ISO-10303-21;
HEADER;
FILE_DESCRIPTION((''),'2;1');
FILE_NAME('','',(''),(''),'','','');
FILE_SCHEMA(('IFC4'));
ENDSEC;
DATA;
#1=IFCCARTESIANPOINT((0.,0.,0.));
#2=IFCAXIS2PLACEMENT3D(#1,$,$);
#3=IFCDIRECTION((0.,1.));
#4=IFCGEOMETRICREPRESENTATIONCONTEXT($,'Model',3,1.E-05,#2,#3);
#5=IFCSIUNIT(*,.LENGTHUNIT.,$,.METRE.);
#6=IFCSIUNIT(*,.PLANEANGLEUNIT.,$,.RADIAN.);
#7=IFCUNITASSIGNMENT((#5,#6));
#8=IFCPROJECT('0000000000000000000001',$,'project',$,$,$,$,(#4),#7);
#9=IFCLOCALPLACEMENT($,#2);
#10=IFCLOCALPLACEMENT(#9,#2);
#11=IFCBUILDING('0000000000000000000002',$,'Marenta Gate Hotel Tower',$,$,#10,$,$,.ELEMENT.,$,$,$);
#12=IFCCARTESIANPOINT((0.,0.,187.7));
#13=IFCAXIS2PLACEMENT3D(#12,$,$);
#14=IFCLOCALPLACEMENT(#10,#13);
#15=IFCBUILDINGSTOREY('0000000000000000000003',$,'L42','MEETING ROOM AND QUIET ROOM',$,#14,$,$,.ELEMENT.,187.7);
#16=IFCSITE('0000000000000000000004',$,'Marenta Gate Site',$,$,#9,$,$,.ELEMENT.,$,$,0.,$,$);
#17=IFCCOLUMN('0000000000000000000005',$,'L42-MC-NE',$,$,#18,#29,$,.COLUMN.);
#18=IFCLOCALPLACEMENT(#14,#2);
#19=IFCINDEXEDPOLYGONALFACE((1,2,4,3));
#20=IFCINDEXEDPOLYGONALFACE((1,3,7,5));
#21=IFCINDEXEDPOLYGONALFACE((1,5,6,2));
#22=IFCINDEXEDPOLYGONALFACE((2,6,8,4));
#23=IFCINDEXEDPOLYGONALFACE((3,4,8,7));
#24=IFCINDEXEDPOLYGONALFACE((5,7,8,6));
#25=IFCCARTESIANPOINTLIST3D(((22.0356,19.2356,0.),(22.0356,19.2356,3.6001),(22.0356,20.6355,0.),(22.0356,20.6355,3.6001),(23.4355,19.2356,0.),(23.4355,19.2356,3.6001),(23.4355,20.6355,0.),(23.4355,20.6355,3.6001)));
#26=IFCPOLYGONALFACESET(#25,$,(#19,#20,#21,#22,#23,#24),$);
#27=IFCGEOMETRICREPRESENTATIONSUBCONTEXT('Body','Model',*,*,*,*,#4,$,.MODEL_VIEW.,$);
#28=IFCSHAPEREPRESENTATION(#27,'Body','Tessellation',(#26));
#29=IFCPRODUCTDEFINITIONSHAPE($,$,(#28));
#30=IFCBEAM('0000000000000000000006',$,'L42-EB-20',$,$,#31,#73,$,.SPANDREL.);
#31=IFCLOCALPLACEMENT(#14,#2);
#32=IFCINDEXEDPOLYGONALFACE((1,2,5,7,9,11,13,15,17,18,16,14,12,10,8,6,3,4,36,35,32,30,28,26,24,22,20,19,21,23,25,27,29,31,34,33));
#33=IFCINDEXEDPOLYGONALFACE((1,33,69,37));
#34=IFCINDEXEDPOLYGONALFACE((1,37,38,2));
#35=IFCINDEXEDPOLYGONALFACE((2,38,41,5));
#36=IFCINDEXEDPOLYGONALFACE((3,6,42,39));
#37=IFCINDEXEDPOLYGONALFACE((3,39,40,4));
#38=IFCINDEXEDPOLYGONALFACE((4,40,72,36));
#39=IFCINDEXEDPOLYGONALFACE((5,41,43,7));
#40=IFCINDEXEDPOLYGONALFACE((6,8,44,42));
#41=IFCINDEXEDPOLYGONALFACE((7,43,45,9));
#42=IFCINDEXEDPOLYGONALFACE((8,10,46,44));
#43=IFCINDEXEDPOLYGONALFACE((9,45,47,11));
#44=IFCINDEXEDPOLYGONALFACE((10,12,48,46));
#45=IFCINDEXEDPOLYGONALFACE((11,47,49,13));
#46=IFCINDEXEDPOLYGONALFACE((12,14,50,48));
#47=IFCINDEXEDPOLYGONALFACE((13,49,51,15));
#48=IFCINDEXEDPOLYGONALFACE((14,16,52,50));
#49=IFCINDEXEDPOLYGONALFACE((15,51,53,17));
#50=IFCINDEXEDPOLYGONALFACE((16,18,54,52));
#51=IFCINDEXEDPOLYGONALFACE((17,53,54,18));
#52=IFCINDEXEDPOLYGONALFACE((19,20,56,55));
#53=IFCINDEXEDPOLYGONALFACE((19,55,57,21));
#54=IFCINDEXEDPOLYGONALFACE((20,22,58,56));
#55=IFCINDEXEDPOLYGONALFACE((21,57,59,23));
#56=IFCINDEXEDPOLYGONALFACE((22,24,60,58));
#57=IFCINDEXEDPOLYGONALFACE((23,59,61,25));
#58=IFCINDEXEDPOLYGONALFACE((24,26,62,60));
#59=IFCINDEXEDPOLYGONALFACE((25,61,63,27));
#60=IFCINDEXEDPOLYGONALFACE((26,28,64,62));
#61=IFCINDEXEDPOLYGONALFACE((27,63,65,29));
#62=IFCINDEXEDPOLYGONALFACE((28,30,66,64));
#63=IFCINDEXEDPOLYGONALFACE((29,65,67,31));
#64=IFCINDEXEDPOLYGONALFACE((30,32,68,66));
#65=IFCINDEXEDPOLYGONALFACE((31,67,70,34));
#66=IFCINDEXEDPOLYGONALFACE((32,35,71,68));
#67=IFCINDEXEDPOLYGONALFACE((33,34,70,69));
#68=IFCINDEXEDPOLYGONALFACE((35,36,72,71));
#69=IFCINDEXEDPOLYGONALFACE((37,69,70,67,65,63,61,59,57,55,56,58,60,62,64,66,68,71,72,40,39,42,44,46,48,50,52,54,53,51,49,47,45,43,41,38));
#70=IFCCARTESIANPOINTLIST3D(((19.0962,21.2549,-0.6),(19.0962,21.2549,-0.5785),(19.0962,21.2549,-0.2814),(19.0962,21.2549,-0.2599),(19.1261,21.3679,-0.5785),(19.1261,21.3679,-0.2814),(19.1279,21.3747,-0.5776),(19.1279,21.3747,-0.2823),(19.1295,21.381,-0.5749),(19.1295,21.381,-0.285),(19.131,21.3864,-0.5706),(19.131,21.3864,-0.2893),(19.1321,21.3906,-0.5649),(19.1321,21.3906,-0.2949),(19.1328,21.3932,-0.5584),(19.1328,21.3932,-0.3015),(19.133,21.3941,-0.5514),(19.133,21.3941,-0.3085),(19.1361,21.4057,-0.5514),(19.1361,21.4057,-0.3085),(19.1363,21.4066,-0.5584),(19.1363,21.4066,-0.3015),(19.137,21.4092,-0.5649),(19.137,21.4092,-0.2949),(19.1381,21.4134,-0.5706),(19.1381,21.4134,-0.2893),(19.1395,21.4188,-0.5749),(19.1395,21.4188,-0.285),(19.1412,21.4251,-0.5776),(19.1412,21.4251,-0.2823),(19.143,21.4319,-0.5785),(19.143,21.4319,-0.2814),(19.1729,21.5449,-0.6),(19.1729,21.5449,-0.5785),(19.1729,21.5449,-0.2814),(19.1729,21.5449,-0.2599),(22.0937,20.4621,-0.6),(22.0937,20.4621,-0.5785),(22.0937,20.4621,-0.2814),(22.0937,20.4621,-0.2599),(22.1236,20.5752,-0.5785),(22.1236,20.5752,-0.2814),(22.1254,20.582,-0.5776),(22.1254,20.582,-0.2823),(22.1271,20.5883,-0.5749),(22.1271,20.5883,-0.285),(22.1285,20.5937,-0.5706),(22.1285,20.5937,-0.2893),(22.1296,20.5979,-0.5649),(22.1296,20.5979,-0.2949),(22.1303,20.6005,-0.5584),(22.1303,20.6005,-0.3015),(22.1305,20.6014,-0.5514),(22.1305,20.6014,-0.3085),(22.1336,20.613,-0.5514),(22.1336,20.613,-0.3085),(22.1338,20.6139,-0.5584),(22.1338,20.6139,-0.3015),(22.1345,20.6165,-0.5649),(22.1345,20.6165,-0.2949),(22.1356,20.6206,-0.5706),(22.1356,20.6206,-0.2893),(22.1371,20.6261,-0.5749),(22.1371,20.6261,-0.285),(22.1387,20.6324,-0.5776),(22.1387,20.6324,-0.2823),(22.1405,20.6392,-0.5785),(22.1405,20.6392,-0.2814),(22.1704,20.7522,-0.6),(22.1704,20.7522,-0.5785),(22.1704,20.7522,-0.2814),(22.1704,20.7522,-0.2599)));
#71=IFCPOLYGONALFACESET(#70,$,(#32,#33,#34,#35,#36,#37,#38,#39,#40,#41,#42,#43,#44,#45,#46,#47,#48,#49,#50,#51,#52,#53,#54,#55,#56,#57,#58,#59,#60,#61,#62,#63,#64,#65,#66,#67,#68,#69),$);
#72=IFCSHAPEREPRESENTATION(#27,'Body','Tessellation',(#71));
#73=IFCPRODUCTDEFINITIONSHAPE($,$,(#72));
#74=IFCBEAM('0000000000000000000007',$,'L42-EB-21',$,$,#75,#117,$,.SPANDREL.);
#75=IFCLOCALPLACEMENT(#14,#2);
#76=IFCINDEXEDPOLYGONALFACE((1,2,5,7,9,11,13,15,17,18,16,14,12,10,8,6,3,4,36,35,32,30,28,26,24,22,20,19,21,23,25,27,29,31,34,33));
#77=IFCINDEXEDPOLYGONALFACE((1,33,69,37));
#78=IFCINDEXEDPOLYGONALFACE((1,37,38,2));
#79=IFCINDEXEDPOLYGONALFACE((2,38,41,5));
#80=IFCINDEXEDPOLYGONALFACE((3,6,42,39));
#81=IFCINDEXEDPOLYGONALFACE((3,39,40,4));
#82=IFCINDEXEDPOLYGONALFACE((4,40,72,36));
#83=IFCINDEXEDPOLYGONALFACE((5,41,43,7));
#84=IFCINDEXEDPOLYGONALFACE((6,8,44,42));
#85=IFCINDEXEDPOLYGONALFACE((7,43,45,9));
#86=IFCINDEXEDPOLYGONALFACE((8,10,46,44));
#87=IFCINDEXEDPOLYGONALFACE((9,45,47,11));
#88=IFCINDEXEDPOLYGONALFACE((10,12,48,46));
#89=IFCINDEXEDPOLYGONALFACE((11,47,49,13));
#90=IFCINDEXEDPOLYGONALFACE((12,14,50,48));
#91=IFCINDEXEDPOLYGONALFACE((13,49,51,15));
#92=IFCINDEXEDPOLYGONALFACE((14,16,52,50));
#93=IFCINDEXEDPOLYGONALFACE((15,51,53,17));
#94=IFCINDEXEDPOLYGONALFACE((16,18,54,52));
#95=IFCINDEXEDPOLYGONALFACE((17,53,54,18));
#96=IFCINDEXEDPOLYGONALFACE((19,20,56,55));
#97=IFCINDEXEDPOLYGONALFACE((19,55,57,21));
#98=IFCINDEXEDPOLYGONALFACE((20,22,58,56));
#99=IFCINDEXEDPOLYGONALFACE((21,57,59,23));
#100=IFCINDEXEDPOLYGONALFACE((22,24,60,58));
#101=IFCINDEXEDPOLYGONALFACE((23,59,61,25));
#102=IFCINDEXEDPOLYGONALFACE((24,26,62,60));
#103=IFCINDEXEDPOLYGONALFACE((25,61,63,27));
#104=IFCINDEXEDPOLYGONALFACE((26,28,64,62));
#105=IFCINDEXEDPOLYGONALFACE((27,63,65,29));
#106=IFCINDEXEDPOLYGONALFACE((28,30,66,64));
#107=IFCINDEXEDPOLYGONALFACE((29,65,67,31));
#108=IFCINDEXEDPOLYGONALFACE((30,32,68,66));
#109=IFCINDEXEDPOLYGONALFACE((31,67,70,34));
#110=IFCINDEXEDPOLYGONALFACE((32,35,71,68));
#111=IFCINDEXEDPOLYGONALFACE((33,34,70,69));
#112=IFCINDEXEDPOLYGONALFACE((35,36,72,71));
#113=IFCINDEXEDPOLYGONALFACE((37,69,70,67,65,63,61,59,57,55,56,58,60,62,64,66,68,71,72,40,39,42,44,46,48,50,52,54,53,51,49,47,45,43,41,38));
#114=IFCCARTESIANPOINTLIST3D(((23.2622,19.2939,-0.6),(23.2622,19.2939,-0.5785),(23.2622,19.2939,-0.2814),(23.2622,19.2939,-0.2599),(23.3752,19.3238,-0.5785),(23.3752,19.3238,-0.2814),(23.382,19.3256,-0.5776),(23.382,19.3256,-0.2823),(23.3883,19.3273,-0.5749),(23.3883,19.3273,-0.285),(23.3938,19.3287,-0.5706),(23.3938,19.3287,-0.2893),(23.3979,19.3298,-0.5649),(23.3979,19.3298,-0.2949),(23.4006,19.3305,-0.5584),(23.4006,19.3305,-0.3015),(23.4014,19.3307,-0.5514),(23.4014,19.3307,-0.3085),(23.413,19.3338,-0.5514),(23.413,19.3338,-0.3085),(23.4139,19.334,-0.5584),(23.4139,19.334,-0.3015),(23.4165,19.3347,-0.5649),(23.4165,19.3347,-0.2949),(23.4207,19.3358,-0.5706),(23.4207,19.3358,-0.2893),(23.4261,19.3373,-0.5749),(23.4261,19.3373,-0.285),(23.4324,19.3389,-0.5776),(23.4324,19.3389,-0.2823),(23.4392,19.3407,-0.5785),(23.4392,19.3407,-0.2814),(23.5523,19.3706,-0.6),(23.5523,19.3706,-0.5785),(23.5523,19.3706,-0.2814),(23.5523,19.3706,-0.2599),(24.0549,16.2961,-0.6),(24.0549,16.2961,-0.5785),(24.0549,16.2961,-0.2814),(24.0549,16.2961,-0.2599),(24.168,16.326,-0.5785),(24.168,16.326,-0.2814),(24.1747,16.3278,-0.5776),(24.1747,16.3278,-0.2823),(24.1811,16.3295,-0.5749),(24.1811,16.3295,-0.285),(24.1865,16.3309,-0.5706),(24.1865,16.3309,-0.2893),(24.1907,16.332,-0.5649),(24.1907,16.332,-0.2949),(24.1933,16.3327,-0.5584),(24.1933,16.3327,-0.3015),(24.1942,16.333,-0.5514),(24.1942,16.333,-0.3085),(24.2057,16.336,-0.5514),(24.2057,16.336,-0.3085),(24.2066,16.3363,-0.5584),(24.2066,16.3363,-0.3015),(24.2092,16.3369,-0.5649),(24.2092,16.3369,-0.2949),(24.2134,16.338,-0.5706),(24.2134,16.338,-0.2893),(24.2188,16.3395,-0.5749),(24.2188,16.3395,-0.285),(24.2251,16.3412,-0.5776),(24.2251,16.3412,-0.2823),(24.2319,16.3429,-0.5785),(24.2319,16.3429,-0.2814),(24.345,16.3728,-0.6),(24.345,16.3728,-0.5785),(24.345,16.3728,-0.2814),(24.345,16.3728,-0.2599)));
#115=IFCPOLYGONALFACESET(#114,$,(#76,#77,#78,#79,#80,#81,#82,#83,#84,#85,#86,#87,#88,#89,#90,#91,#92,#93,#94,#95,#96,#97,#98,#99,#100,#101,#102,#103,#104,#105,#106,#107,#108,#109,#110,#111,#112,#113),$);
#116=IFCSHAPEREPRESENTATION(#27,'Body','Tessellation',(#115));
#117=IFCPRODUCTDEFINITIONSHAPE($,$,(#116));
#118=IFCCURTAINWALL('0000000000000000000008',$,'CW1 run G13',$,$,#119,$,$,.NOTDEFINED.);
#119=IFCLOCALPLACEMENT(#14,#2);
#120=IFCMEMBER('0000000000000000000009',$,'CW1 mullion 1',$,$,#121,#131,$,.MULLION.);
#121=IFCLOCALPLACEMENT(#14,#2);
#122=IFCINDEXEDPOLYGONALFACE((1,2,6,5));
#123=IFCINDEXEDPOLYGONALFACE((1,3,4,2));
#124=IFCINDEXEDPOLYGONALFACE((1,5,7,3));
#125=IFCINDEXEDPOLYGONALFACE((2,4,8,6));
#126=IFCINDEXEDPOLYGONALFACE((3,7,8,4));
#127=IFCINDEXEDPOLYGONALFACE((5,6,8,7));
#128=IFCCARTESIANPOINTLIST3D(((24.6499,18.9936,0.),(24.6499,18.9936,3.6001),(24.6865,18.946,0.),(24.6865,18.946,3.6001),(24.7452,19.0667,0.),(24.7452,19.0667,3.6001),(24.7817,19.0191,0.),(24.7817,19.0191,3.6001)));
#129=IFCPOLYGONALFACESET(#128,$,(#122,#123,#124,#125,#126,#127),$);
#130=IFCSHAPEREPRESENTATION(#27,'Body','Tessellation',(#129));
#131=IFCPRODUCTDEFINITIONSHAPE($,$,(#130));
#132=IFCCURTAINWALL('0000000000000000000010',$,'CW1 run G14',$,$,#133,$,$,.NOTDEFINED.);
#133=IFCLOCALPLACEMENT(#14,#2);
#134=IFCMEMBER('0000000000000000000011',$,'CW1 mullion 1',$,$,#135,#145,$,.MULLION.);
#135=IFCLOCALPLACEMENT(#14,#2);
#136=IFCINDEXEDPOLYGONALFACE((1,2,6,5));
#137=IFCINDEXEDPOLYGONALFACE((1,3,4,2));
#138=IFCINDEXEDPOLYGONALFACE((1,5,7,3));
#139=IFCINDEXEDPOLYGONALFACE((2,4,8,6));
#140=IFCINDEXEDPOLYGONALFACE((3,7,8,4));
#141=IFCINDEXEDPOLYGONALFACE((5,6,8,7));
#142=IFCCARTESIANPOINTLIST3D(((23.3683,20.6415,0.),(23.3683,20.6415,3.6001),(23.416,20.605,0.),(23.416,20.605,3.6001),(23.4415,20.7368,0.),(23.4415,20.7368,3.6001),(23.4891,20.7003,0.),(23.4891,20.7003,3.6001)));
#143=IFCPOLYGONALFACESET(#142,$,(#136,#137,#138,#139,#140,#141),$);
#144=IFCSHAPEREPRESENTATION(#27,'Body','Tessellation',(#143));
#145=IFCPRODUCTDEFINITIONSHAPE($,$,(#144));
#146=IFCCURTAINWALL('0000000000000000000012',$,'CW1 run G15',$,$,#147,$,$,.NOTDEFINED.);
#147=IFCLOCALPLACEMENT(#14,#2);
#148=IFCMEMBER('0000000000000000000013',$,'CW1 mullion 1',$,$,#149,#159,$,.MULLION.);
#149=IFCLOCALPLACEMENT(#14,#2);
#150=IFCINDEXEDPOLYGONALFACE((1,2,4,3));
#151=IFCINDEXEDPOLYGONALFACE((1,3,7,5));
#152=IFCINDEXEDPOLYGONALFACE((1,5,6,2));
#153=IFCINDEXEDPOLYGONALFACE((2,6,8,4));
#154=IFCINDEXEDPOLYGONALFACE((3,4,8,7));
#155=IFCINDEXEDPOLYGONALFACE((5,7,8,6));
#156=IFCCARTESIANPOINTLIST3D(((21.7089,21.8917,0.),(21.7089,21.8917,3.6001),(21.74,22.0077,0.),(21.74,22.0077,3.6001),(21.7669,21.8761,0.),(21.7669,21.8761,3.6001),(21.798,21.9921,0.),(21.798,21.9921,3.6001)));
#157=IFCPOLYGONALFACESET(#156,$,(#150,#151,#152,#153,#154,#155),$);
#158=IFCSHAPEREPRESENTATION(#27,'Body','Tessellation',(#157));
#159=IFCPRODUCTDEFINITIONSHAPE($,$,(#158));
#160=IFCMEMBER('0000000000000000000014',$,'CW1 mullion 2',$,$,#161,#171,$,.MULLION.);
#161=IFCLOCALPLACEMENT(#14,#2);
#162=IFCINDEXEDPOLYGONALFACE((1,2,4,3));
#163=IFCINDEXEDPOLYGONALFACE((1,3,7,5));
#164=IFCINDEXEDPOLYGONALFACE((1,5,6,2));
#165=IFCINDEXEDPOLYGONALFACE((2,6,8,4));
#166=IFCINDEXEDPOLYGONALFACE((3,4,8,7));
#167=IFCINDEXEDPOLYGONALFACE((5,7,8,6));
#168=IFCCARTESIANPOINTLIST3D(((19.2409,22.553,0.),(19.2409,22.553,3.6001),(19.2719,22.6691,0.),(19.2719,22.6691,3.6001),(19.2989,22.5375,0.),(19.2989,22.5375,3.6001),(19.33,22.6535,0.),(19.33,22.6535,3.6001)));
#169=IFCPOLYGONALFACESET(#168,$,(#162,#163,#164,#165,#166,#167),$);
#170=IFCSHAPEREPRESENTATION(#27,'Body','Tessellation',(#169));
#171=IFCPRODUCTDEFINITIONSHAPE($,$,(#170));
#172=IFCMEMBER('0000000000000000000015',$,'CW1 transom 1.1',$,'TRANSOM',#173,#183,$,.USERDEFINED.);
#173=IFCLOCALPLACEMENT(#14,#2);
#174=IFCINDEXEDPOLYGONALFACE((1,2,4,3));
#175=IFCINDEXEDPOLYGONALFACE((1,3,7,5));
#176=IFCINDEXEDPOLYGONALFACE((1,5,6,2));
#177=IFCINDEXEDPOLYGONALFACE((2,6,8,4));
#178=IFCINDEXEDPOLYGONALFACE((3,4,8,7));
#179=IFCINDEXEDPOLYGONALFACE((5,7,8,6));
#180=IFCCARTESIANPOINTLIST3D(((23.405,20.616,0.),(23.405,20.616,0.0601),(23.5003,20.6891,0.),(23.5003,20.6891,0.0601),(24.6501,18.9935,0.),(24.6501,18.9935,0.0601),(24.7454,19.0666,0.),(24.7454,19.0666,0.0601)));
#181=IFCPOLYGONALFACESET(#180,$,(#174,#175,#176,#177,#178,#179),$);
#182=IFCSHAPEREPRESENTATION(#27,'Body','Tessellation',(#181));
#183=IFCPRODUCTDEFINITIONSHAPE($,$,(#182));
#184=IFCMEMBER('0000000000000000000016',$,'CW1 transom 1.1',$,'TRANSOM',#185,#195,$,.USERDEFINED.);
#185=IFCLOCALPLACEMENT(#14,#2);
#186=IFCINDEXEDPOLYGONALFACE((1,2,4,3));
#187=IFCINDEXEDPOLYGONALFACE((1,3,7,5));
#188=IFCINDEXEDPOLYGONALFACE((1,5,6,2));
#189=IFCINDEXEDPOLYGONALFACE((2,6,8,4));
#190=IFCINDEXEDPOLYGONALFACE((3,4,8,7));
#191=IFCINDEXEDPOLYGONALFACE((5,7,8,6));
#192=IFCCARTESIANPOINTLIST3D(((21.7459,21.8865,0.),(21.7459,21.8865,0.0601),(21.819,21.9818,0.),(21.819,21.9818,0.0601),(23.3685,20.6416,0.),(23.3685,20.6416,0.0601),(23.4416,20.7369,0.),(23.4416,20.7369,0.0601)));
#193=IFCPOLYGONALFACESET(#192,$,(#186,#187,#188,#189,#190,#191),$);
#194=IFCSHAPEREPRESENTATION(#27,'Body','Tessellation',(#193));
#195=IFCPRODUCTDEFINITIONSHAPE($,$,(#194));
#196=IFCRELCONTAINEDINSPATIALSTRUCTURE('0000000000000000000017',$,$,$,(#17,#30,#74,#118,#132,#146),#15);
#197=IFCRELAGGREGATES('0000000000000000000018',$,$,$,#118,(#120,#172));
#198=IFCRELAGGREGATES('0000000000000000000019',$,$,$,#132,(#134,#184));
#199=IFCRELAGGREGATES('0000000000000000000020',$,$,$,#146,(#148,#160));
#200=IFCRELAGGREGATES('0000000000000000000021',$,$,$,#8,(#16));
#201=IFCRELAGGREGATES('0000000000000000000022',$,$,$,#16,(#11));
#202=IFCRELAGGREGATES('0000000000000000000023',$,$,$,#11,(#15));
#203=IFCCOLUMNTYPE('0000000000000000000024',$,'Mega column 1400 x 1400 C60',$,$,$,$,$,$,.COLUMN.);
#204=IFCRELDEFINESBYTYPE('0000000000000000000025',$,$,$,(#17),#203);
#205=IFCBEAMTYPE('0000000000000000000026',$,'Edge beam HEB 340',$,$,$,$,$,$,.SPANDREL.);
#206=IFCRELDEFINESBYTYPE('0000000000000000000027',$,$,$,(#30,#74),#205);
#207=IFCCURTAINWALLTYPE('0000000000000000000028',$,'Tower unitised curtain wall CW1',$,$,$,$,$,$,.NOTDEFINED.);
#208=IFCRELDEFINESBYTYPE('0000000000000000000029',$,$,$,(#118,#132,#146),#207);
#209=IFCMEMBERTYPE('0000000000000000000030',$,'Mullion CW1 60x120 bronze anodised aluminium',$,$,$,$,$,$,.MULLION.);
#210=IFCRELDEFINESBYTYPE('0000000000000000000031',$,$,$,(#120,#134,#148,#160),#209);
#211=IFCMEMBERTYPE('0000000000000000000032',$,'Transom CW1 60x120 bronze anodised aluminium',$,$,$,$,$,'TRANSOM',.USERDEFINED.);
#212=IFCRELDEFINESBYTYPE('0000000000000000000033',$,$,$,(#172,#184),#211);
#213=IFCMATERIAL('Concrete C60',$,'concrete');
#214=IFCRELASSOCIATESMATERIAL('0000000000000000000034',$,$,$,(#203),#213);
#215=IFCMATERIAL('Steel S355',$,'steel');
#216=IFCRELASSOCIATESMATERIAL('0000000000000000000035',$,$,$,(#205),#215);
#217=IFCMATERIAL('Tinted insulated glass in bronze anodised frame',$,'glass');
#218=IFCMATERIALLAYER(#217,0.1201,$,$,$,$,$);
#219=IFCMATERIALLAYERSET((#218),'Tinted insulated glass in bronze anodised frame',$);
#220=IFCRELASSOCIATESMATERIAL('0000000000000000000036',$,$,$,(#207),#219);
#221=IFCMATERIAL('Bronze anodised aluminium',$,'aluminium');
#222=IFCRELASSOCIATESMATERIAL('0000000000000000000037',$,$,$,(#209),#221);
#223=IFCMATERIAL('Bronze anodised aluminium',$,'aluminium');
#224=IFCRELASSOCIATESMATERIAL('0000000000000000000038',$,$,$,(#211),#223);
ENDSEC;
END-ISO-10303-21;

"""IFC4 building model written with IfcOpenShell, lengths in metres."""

from ifc_helpers import new_model, si_unit, direction, frame, origin, origin_2d, place, context, subcontext, project, spatial, rectangle, i_section, extrude, material, layer, layer_set, material_profile, profile_set, type_object, element, aggregate, save


model = new_model("IFC4")

# Units and contexts
model_context = context("Model", 3, precision=1e-05, world=origin(), true_north=direction((0.0, 1.0)))
body_context = subcontext(model_context, "Body", "Model", "MODEL_VIEW")
ifc_project = project(units=[si_unit("LENGTHUNIT", "METRE"), si_unit("PLANEANGLEUNIT", "RADIAN")], contexts=[model_context])

# Site, building, storey
site_placement = place(None, origin())
site = spatial("IfcSite", under=ifc_project, at=site_placement, Name="Marenta Gate Site", CompositionType="ELEMENT", RefElevation=0.0)
building_placement = place(site_placement, origin())
building = spatial("IfcBuilding", under=site, at=building_placement, Name="Marenta Gate Hotel Tower", CompositionType="ELEMENT")
storey_placement = place(building_placement, frame((0.0, 0.0, 187.7)))
storey = spatial("IfcBuildingStorey", under=building, at=storey_placement, Name="L42", Description="MEETING ROOM AND QUIET ROOM", CompositionType="ELEMENT", Elevation=187.7)

# Column
ifc_material_1 = material(Name="Concrete C60", Category="concrete")
ifc_material_profile_1 = material_profile(ifc_material_1, rectangle(XDim=1.3999, YDim=1.3999, at=origin_2d()), Name="1400 x 1400")
ifc_profile_set_1 = profile_set([ifc_material_profile_1], Name="Concrete C60")
column_type = type_object("IfcColumnType", Name="Mega column 1400 x 1400 C60", PredefinedType="COLUMN", material=ifc_profile_set_1)
column_placement = place(storey_placement, frame((22.7356, 19.9355, 0.0), z_axis=(0.0, 0.0, 1.0), x_axis=(1.0, 0.0, 0.0)))
element("IfcColumn", 1, at=column_placement, inside=storey, type_object=column_type, Name="L42-MC-NE", PredefinedType="COLUMN", context=body_context, shape_type="SweptSolid", body=[
    extrude(rectangle(XDim=1.3999, YDim=1.3999, at=origin_2d()), origin(), (0.0, 0.0, 1.0), 3.6001),
])

# Beams
ifc_material_2 = material(Name="Steel S355", Category="steel")
ifc_material_profile_2 = material_profile(ifc_material_2, i_section(OverallWidth=0.3, OverallDepth=0.3401, WebThickness=0.012, FlangeThickness=0.0215, FilletRadius=0.0271, at=origin_2d()), Name="HEB 340")
ifc_profile_set_2 = profile_set([ifc_material_profile_2], Name="Steel S355")
beam_type = type_object("IfcBeamType", Name="Edge beam HEB 340", PredefinedType="SPANDREL", material=ifc_profile_set_2)
beam_1_placement = place(storey_placement, frame((19.1345, 21.3999, -0.4299), z_axis=(0.966765, -0.255667, 0.0), x_axis=(0.255667, 0.966765, 0.0)))
element("IfcBeam", 2, at=beam_1_placement, inside=storey, type_object=beam_type, Name="L42-EB-20", PredefinedType="SPANDREL", context=body_context, shape_type="SweptSolid", body=[
    extrude(i_section(OverallWidth=0.3, OverallDepth=0.3401, WebThickness=0.012, FlangeThickness=0.0215, FilletRadius=0.0271, at=origin_2d()), origin(), (0.0, 0.0, 1.0), 3.1006),
])
beam_2_placement = place(storey_placement, frame((23.4072, 19.3323, -0.4299), z_axis=(0.255648, -0.96677, 0.0), x_axis=(0.96677, 0.255648, 0.0)))
element("IfcBeam", 3, at=beam_2_placement, inside=storey, type_object=beam_type, Name="L42-EB-21", PredefinedType="SPANDREL", context=body_context, shape_type="SweptSolid", body=[
    extrude(i_section(OverallWidth=0.3, OverallDepth=0.3401, WebThickness=0.012, FlangeThickness=0.0215, FilletRadius=0.0271, at=origin_2d()), origin(), (0.0, 0.0, 1.0), 3.1008),
])

# Curtain walls, members
ifc_material_3 = material(Name="Tinted insulated glass in bronze anodised frame", Category="glass")
ifc_layer_1 = layer(ifc_material_3, 0.1201)
ifc_layer_set_1 = layer_set([ifc_layer_1], Name="Tinted insulated glass in bronze anodised frame")
curtain_wall_type = type_object("IfcCurtainWallType", Name="Tower unitised curtain wall CW1", PredefinedType="NOTDEFINED", material=ifc_layer_set_1)
curtain_wall_1_placement = place(storey_placement, origin())
curtain_wall_1 = element("IfcCurtainWall", 4, at=curtain_wall_1_placement, inside=storey, type_object=curtain_wall_type, Name="CW1 run G13", PredefinedType="NOTDEFINED")
ifc_material_4 = material(Name="Bronze anodised aluminium", Category="aluminium")
ifc_material_profile_3 = material_profile(ifc_material_4, rectangle(XDim=0.1201, YDim=0.0601, at=origin_2d()), Name="Mullion CW1 60x120 bronze anodised aluminium")
ifc_profile_set_3 = profile_set([ifc_material_profile_3], Name="Bronze anodised aluminium")
member_type_1 = type_object("IfcMemberType", Name="Mullion CW1 60x120 bronze anodised aluminium", PredefinedType="MULLION", material=ifc_profile_set_3)
member_1_placement = place(storey_placement, frame((24.7158, 19.0063, 0.0), z_axis=(0.0, 0.0, 1.0), x_axis=(-0.793333, -0.608787, 0.0)))
member_1 = element("IfcMember", 5, at=member_1_placement, type_object=member_type_1, Name="CW1 mullion 1", PredefinedType="MULLION", context=body_context, shape_type="SweptSolid", body=[
    extrude(rectangle(XDim=0.1201, YDim=0.0601, at=origin_2d()), origin(), (0.0, 0.0, 1.0), 3.6001),
])
curtain_wall_2_placement = place(storey_placement, origin())
curtain_wall_2 = element("IfcCurtainWall", 6, at=curtain_wall_2_placement, inside=storey, type_object=curtain_wall_type, Name="CW1 run G14", PredefinedType="NOTDEFINED")
member_2_placement = place(storey_placement, frame((23.4287, 20.6709, 0.0), z_axis=(0.0, 0.0, 1.0), x_axis=(-0.608787, -0.793333, 0.0)))
member_2 = element("IfcMember", 7, at=member_2_placement, type_object=member_type_1, Name="CW1 mullion 1", PredefinedType="MULLION", context=body_context, shape_type="SweptSolid", body=[
    extrude(rectangle(XDim=0.1201, YDim=0.0601, at=origin_2d()), origin(), (0.0, 0.0, 1.0), 3.6001),
])

# Curtain wall, members
curtain_wall_3_placement = place(storey_placement, origin())
curtain_wall_3 = element("IfcCurtainWall", 8, at=curtain_wall_3_placement, inside=storey, type_object=curtain_wall_type, Name="CW1 run G15", PredefinedType="NOTDEFINED")
member_3_placement = place(storey_placement, frame((21.7534, 21.9419, 0.0), z_axis=(0.0, 0.0, 1.0), x_axis=(-0.258805, -0.96593, 0.0)))
member_3 = element("IfcMember", 9, at=member_3_placement, type_object=member_type_1, Name="CW1 mullion 1", PredefinedType="MULLION", context=body_context, shape_type="SweptSolid", body=[
    extrude(rectangle(XDim=0.1201, YDim=0.0601, at=origin_2d()), origin(), (0.0, 0.0, 1.0), 3.6001),
])
member_4_placement = place(storey_placement, frame((19.2854, 22.6033, 0.0), z_axis=(0.0, 0.0, 1.0), x_axis=(-0.258805, -0.96593, 0.0)))
member_4 = element("IfcMember", 10, at=member_4_placement, type_object=member_type_1, Name="CW1 mullion 2", PredefinedType="MULLION", context=body_context, shape_type="SweptSolid", body=[
    extrude(rectangle(XDim=0.1201, YDim=0.0601, at=origin_2d()), origin(), (0.0, 0.0, 1.0), 3.6001),
])

# Members
ifc_material_5 = material(Name="Bronze anodised aluminium", Category="aluminium")
ifc_material_profile_4 = material_profile(ifc_material_5, rectangle(XDim=0.1201, YDim=0.0601, at=origin_2d()), Name="Transom CW1 60x120 bronze anodised aluminium")
ifc_profile_set_4 = profile_set([ifc_material_profile_4], Name="Bronze anodised aluminium")
member_type_2 = type_object("IfcMemberType", Name="Transom CW1 60x120 bronze anodised aluminium", ElementType="TRANSOM", PredefinedType="USERDEFINED", material=ifc_profile_set_4)
member_5_placement = place(storey_placement, frame((24.6978, 19.03, 0.03), z_axis=(-0.608787, 0.793333, 0.0), x_axis=(-0.793333, -0.608787, 0.0)))
member_5 = element("IfcMember", 11, at=member_5_placement, type_object=member_type_2, Name="CW1 transom 1.1", ObjectType="TRANSOM", PredefinedType="USERDEFINED", context=body_context, shape_type="SweptSolid", body=[
    extrude(rectangle(XDim=0.1201, YDim=0.0601, at=origin_2d()), origin(), (0.0, 0.0, 1.0), 2.0452),
])
member_6_placement = place(storey_placement, frame((23.405, 20.6892, 0.03), z_axis=(-0.793391, 0.608712, 0.0), x_axis=(-0.608712, -0.793391, 0.0)))
member_6 = element("IfcMember", 12, at=member_6_placement, type_object=member_type_2, Name="CW1 transom 1.1", ObjectType="TRANSOM", PredefinedType="USERDEFINED", context=body_context, shape_type="SweptSolid", body=[
    extrude(rectangle(XDim=0.1201, YDim=0.0601, at=origin_2d()), origin(), (0.0, 0.0, 1.0), 2.0452),
])

aggregate(curtain_wall_1, [member_1, member_5])
aggregate(curtain_wall_2, [member_2, member_6])
aggregate(curtain_wall_3, [member_3, member_4])

save(model, "model.ifc")
